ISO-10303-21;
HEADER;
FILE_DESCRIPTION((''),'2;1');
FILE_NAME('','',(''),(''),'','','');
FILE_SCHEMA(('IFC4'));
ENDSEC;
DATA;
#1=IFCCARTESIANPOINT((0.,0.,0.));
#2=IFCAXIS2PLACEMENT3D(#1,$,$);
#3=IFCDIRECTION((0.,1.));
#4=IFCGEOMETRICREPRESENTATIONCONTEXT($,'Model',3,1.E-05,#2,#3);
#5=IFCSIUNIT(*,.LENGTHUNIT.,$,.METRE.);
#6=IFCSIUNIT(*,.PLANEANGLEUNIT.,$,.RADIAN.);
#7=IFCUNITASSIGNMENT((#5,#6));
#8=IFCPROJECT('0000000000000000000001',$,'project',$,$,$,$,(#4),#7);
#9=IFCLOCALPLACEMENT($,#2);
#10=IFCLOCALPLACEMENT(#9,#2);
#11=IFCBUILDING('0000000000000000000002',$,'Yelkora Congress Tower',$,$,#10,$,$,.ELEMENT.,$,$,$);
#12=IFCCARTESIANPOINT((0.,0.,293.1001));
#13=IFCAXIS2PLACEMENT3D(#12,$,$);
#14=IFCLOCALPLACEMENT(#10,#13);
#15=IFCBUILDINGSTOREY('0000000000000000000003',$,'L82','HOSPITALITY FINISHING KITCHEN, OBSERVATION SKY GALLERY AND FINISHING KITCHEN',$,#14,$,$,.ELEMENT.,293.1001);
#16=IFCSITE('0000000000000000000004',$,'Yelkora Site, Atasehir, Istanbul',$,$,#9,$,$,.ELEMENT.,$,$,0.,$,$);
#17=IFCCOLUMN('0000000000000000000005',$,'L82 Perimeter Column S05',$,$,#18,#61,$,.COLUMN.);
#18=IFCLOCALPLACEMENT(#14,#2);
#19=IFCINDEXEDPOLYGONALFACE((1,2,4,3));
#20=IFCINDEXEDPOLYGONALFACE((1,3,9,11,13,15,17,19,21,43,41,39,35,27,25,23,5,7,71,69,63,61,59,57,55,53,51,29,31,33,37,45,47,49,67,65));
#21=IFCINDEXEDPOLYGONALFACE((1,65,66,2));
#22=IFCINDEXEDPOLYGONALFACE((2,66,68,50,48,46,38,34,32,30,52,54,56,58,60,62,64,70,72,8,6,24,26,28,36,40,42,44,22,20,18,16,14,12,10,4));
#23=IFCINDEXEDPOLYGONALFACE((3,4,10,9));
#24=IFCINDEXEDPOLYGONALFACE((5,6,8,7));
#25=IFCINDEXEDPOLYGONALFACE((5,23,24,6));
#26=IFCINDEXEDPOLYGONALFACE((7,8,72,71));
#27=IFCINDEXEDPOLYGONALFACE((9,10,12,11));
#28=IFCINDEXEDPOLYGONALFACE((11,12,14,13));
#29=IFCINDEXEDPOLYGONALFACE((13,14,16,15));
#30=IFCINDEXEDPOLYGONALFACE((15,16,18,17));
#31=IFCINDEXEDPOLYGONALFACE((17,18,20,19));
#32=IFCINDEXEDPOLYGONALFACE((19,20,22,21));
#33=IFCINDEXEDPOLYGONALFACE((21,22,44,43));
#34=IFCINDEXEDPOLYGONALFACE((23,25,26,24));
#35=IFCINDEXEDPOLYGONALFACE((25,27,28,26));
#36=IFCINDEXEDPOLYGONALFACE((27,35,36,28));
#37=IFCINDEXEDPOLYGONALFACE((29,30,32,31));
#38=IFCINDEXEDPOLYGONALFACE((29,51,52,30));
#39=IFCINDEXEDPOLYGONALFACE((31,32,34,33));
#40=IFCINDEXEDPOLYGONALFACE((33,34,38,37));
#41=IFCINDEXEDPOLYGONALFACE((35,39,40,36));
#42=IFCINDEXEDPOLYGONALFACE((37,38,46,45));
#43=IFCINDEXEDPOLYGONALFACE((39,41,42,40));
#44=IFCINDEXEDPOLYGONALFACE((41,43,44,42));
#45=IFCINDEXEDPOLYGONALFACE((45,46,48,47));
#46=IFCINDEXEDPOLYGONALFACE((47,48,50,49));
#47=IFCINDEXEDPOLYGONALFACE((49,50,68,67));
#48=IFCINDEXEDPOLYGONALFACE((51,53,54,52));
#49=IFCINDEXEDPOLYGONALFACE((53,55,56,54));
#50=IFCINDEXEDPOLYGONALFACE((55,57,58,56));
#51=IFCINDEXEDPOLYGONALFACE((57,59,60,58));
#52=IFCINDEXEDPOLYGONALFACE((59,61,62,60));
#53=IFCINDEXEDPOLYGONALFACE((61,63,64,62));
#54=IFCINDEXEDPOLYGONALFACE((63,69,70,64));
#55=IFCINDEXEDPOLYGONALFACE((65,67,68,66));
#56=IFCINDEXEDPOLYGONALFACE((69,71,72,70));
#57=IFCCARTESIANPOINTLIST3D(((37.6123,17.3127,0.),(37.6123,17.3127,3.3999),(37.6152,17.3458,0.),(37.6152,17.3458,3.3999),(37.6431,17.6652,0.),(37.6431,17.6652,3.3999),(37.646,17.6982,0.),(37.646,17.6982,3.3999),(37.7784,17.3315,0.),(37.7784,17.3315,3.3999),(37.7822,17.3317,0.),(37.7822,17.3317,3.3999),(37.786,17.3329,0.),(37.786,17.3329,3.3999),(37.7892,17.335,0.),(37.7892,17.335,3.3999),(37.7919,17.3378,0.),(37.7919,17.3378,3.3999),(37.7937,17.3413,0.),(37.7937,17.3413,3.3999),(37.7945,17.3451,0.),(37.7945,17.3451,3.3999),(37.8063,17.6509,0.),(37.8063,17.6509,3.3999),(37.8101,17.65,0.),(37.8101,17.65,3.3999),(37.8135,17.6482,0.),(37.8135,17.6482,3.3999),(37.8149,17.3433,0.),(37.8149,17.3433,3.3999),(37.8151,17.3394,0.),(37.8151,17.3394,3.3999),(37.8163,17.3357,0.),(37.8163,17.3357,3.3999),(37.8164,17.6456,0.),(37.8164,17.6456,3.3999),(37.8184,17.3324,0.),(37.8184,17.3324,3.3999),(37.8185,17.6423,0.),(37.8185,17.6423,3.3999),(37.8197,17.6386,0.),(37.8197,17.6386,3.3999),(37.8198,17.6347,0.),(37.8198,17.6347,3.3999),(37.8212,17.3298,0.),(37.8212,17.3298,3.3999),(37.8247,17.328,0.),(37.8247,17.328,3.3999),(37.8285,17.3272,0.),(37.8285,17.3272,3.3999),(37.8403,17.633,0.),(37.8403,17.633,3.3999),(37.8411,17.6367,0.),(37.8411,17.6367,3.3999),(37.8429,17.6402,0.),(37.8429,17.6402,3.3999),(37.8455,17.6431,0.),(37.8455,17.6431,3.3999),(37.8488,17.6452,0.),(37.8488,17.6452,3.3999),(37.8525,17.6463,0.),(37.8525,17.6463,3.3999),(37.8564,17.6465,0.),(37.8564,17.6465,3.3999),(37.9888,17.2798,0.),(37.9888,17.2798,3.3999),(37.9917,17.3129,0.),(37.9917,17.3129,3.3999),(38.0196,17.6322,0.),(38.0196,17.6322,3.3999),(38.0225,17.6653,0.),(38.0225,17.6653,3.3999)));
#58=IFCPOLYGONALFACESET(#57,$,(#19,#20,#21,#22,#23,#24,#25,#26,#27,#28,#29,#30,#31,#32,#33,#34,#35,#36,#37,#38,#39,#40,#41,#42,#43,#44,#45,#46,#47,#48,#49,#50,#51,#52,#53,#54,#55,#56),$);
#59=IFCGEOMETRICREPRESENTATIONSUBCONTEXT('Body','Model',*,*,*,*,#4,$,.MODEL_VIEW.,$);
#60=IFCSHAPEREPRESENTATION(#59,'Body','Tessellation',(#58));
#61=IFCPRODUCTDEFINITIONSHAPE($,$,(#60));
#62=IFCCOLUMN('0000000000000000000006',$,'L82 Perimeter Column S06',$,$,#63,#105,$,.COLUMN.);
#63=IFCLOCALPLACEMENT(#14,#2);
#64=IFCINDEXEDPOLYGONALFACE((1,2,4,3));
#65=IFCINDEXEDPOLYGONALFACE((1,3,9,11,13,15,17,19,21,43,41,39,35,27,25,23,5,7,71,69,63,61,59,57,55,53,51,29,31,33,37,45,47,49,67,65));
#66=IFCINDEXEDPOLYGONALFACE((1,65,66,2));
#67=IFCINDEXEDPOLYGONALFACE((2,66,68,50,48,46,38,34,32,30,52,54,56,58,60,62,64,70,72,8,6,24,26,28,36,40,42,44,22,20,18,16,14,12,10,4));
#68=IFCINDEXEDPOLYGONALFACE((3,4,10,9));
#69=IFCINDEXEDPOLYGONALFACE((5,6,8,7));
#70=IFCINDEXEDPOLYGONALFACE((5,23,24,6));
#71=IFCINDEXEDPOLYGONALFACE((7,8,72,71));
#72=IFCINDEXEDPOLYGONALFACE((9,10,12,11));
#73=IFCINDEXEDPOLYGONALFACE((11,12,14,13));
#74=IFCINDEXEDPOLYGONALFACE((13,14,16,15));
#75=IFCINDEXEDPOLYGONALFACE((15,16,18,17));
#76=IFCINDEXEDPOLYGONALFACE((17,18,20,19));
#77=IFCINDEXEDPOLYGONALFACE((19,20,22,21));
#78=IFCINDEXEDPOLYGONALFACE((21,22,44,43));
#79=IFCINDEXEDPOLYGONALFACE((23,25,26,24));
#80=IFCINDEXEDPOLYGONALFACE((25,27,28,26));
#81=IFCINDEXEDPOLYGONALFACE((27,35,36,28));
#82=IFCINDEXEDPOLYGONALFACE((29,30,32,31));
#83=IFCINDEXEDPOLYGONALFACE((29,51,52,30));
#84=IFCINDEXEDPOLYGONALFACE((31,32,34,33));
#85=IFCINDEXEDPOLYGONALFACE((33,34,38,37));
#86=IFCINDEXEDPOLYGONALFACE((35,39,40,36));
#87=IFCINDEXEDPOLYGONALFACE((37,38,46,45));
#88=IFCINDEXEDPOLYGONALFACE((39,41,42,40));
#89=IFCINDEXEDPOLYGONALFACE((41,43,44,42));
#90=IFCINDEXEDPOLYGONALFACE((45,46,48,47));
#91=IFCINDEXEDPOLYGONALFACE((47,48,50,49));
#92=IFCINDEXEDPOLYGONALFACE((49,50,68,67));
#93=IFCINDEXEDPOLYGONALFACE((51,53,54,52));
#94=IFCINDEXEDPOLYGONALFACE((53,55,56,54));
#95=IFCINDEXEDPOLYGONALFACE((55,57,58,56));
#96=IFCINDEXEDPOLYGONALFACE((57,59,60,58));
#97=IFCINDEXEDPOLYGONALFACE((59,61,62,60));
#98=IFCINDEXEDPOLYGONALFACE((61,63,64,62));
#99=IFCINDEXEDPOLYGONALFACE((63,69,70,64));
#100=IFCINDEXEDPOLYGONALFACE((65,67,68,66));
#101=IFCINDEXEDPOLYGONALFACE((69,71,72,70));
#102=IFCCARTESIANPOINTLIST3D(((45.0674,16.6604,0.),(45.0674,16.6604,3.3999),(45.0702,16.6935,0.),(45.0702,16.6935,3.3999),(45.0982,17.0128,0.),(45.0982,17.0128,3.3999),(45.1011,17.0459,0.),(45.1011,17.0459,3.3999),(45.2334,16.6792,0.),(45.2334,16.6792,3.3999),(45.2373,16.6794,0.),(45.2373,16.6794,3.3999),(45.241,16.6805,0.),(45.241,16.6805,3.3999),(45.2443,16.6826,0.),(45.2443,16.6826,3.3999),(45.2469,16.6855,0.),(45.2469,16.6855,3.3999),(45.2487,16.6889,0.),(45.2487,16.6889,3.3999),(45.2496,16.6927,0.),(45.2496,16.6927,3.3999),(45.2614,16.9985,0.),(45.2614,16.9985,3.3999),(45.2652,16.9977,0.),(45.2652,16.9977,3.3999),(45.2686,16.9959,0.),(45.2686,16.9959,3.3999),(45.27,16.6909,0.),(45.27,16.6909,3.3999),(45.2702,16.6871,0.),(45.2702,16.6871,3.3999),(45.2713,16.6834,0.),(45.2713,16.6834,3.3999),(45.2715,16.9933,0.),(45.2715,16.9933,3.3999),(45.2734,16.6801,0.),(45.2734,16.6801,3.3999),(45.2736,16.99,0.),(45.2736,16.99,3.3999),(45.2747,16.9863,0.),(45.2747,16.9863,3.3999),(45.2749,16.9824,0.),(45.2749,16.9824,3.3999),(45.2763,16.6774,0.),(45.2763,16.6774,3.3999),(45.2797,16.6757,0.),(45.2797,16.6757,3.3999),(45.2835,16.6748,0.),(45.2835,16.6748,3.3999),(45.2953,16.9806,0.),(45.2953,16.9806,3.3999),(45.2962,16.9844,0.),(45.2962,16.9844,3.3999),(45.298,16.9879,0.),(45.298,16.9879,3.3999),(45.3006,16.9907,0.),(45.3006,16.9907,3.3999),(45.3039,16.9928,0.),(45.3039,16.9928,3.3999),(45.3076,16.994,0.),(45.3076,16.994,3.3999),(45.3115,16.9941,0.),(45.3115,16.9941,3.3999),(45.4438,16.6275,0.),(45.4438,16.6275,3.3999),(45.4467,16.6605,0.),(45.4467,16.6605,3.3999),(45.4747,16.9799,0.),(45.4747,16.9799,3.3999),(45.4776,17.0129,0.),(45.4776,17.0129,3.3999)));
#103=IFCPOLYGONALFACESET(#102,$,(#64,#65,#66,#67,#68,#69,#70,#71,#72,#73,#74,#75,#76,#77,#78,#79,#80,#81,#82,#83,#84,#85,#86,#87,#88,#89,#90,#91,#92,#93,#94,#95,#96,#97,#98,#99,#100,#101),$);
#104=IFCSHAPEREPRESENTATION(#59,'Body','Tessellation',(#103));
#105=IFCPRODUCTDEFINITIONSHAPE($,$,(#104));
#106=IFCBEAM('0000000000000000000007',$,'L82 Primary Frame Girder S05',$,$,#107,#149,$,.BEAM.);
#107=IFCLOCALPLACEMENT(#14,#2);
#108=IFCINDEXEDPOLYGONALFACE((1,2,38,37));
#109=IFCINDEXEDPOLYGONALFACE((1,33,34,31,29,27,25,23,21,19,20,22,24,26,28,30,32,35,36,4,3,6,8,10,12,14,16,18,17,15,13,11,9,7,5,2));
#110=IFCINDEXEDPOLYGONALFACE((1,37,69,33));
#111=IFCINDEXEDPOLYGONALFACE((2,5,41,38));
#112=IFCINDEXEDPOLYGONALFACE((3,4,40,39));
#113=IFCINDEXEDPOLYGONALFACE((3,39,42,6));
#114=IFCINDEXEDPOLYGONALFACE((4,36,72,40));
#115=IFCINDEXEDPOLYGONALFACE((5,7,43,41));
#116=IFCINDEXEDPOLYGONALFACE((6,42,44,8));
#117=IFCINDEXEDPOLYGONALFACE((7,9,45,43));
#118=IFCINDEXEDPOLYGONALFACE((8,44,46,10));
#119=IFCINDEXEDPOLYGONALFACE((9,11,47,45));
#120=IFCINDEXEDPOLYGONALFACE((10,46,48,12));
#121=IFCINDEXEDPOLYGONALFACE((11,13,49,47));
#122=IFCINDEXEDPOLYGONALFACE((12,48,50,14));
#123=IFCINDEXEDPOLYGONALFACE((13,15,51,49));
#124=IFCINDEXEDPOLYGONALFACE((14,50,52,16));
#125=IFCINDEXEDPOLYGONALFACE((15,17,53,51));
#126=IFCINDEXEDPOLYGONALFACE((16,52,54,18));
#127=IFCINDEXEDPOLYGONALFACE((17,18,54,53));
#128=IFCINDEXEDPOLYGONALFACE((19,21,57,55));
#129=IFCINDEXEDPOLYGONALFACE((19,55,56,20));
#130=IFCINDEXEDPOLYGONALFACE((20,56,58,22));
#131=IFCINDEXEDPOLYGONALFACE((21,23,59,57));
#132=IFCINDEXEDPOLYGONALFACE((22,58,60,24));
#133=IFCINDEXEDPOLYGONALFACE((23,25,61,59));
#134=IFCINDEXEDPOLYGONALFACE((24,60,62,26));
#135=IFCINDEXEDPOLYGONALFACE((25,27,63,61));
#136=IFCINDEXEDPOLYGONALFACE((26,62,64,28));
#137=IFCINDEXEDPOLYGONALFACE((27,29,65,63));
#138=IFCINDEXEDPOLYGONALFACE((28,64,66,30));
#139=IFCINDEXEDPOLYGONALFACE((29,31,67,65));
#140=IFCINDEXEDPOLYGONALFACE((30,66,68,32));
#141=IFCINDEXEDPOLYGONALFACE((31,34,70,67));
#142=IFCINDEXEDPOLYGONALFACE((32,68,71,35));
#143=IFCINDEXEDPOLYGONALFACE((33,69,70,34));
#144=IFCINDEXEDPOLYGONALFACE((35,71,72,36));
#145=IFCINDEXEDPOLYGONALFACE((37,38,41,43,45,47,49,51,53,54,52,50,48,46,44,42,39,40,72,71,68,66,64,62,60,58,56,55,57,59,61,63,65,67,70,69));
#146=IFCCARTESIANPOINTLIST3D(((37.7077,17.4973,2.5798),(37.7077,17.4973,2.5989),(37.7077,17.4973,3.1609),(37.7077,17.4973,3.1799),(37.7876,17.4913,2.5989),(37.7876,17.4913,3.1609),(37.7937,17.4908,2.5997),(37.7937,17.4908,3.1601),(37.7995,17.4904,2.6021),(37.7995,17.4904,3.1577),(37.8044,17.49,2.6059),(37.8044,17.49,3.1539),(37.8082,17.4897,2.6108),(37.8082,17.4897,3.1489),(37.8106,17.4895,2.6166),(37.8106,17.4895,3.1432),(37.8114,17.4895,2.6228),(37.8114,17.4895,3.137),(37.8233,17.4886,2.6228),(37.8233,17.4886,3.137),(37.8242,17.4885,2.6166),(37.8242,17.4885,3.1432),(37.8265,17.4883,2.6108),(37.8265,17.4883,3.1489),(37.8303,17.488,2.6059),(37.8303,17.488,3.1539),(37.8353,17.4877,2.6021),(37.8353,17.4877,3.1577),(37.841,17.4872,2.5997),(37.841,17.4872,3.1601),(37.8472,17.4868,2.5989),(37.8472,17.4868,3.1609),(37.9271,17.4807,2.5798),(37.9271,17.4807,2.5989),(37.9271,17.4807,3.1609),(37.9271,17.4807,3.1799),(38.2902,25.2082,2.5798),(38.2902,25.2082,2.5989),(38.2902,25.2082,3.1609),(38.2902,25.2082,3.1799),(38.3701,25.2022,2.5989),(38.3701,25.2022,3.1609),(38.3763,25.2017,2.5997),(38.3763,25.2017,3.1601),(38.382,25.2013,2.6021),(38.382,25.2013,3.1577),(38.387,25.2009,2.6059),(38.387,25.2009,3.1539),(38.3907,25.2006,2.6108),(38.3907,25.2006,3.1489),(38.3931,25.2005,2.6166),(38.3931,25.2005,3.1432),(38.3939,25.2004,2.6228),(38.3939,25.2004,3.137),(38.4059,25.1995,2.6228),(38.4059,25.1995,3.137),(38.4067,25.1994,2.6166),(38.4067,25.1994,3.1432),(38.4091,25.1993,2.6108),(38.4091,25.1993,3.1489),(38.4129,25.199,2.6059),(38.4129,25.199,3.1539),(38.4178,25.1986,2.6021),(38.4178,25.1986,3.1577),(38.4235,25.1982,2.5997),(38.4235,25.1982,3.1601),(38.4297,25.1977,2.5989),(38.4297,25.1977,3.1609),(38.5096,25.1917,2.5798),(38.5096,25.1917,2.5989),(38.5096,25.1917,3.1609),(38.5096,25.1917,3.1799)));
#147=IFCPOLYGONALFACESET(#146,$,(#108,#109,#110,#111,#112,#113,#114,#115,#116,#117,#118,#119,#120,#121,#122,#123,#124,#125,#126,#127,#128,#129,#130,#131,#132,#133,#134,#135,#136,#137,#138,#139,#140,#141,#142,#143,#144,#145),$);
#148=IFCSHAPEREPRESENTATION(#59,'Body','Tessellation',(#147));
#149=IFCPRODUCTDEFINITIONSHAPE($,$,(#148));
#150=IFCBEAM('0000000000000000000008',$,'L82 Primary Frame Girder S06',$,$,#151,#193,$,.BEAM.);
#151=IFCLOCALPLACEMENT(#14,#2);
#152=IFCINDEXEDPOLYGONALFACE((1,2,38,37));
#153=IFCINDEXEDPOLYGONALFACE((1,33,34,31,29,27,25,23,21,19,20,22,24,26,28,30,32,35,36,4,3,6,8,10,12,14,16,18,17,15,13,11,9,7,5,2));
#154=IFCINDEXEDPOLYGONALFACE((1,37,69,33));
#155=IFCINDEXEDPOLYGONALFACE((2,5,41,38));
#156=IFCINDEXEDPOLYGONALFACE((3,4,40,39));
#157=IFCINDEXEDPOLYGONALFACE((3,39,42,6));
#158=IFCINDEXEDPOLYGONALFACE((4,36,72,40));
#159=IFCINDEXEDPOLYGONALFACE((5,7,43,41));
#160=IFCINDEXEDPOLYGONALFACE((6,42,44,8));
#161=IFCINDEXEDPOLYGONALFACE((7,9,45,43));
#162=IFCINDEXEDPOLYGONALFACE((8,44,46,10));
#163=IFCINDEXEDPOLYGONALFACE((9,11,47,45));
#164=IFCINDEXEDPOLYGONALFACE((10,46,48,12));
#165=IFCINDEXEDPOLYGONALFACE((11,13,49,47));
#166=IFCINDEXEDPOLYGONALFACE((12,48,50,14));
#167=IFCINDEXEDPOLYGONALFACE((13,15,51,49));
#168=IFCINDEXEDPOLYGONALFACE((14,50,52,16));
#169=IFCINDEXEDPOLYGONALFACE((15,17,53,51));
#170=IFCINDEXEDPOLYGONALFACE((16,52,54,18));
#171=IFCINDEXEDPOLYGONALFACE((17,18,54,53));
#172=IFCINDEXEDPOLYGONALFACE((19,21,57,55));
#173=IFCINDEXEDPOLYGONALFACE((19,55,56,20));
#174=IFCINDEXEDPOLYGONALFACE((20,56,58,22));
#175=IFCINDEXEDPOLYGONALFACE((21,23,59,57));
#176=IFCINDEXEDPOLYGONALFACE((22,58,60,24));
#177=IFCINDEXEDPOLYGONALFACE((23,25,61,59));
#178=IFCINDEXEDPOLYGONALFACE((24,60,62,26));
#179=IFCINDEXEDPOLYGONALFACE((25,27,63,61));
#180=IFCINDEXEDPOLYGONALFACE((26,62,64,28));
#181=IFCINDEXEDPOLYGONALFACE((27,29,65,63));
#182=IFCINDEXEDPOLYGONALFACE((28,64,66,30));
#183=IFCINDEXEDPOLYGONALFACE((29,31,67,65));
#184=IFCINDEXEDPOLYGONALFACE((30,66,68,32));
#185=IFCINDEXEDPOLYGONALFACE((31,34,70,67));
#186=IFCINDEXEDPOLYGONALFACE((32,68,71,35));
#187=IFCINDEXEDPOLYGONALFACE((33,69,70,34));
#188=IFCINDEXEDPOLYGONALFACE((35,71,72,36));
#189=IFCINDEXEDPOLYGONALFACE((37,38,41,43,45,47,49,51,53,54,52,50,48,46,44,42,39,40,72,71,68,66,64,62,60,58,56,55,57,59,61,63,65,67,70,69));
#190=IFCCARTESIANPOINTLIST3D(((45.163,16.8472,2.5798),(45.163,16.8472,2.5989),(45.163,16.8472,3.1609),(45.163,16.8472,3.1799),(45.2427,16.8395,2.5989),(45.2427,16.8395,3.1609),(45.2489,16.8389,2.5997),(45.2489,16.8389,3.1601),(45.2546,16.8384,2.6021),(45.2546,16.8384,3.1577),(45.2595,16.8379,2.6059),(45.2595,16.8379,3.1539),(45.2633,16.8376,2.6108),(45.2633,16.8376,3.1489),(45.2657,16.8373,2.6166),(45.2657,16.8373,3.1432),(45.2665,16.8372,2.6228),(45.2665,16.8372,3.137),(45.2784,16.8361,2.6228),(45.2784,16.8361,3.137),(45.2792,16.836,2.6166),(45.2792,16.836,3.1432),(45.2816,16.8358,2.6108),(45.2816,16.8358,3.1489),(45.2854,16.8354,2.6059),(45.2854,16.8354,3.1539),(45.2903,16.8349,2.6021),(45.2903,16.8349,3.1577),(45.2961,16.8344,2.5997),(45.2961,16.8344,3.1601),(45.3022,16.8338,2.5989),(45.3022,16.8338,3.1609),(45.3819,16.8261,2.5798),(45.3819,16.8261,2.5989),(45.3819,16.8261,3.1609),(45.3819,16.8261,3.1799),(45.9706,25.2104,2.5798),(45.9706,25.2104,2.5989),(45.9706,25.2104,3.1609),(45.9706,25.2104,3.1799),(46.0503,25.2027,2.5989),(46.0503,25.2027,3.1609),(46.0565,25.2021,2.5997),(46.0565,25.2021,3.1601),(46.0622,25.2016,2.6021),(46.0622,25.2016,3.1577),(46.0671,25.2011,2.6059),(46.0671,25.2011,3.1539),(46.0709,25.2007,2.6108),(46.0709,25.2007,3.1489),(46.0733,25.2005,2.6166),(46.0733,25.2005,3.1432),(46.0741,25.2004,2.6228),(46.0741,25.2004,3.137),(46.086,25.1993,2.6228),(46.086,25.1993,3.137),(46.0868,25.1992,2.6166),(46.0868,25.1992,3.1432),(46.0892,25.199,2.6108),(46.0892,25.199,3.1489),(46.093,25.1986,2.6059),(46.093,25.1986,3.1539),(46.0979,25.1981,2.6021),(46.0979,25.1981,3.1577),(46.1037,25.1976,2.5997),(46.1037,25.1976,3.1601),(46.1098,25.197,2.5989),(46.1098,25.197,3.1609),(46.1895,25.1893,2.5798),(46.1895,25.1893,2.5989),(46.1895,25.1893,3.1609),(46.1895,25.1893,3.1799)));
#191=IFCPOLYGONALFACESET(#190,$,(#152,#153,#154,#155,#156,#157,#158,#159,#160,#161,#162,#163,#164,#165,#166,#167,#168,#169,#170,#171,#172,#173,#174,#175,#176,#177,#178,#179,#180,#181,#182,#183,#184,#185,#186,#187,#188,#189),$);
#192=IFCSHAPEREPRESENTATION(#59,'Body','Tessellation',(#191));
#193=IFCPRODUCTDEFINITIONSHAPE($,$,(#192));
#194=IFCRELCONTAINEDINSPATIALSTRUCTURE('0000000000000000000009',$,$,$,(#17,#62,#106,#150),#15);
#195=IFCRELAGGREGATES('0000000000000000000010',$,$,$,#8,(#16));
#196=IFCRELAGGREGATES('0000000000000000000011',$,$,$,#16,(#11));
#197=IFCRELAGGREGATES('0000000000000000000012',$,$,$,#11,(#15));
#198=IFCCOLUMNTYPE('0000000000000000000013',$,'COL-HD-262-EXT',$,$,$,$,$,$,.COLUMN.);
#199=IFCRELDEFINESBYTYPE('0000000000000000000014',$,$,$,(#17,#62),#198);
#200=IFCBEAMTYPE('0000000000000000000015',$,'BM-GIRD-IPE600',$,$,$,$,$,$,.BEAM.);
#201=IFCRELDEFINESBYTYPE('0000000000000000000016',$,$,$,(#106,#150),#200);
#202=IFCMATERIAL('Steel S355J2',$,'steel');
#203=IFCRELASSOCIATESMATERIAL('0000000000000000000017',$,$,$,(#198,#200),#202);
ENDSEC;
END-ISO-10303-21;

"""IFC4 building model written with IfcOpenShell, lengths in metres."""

from ifc_helpers import new_model, si_unit, direction, frame, origin, origin_2d, place, context, subcontext, project, spatial, i_section, extrude, material, material_profile, profile_set, type_object, element, save


model = new_model("IFC4")

# Units and contexts
model_context = context("Model", 3, precision=1e-05, world=origin(), true_north=direction((0.0, 1.0)))
body_context = subcontext(model_context, "Body", "Model", "MODEL_VIEW")
ifc_project = project(units=[si_unit("LENGTHUNIT", "METRE"), si_unit("PLANEANGLEUNIT", "RADIAN")], contexts=[model_context])

# Site, building, storey
site_placement = place(None, origin())
site = spatial("IfcSite", under=ifc_project, at=site_placement, Name="Yelkora Site, Atasehir, Istanbul", CompositionType="ELEMENT", RefElevation=0.0)
building_placement = place(site_placement, origin())
building = spatial("IfcBuilding", under=site, at=building_placement, Name="Yelkora Congress Tower", CompositionType="ELEMENT")
storey_placement = place(building_placement, frame((0.0, 0.0, 293.1001)))
storey = spatial("IfcBuildingStorey", under=building, at=storey_placement, Name="L82", Description="HOSPITALITY FINISHING KITCHEN, OBSERVATION SKY GALLERY AND FINISHING KITCHEN", CompositionType="ELEMENT", Elevation=293.1001)

# Columns
ifc_material_1 = material(Name="Steel S355J2", Category="steel")
ifc_material_profile_1 = material_profile(ifc_material_1, i_section(OverallWidth=0.3779, OverallDepth=0.387, WebThickness=0.0205, FlangeThickness=0.0332, FilletRadius=0.0149, at=origin_2d()), Name="HD 360x262")
ifc_profile_set_1 = profile_set([ifc_material_profile_1], Name="Steel S355J2")
column_type = type_object("IfcColumnType", Name="COL-HD-262-EXT", PredefinedType="COLUMN", material=ifc_profile_set_1)
for number, where, z_axis, x_axis, name in (
    (1, (37.8174, 17.489, 0.0), (0.0, 0.0, 1.0), (0.996195, -0.087156, 0.0), "L82 Perimeter Column S05"),
    (2, (45.2725, 16.8367, 0.0), (0.0, 0.0, 1.0), (0.996195, -0.087156, 0.0), "L82 Perimeter Column S06"),
):
    element("IfcColumn", number, at=place(storey_placement, frame(where, z_axis=z_axis, x_axis=x_axis)), inside=storey, type_object=column_type, Name=name, PredefinedType="COLUMN", context=body_context, shape_type="SweptSolid", body=[
        extrude(i_section(OverallWidth=0.3779, OverallDepth=0.387, WebThickness=0.0205, FlangeThickness=0.0332, FilletRadius=0.0149, at=origin_2d()), origin(), (0.0, 0.0, 1.0), 3.3999),
    ])

# Beams
ifc_material_profile_2 = material_profile(ifc_material_1, i_section(OverallWidth=0.22, OverallDepth=0.6001, WebThickness=0.012, FlangeThickness=0.019, FilletRadius=0.0239, at=origin_2d()), Name="IPE 600")
ifc_profile_set_2 = profile_set([ifc_material_profile_2], Name="Steel S355J2")
beam_type_1 = type_object("IfcBeamType", Name="BM-GIRD-IPE600", PredefinedType="BEAM", material=ifc_profile_set_2)
beam_1_placement = place(storey_placement, frame((37.8174, 17.489, 2.8799), z_axis=(0.07533, 0.997159, 0.0), x_axis=(-0.997159, 0.07533, 0.0)))
element("IfcBeam", 3, at=beam_1_placement, inside=storey, type_object=beam_type_1, Name="L82 Primary Frame Girder S05", PredefinedType="BEAM", context=body_context, shape_type="SweptSolid", body=[
    extrude(i_section(OverallWidth=0.22, OverallDepth=0.6001, WebThickness=0.012, FlangeThickness=0.019, FilletRadius=0.0239, at=origin_2d()), origin(), (0.0, 0.0, 1.0), 7.7329),
])
beam_2_placement = place(storey_placement, frame((45.2725, 16.8367, 2.8799), z_axis=(0.09612, 0.99537, 0.0), x_axis=(-0.99537, 0.09612, 0.0)))
element("IfcBeam", 4, at=beam_2_placement, inside=storey, type_object=beam_type_1, Name="L82 Primary Frame Girder S06", PredefinedType="BEAM", context=body_context, shape_type="SweptSolid", body=[
    extrude(i_section(OverallWidth=0.22, OverallDepth=0.6001, WebThickness=0.012, FlangeThickness=0.019, FilletRadius=0.0239, at=origin_2d()), origin(), (0.0, 0.0, 1.0), 8.4021),
])

save(model, "model.ifc")
